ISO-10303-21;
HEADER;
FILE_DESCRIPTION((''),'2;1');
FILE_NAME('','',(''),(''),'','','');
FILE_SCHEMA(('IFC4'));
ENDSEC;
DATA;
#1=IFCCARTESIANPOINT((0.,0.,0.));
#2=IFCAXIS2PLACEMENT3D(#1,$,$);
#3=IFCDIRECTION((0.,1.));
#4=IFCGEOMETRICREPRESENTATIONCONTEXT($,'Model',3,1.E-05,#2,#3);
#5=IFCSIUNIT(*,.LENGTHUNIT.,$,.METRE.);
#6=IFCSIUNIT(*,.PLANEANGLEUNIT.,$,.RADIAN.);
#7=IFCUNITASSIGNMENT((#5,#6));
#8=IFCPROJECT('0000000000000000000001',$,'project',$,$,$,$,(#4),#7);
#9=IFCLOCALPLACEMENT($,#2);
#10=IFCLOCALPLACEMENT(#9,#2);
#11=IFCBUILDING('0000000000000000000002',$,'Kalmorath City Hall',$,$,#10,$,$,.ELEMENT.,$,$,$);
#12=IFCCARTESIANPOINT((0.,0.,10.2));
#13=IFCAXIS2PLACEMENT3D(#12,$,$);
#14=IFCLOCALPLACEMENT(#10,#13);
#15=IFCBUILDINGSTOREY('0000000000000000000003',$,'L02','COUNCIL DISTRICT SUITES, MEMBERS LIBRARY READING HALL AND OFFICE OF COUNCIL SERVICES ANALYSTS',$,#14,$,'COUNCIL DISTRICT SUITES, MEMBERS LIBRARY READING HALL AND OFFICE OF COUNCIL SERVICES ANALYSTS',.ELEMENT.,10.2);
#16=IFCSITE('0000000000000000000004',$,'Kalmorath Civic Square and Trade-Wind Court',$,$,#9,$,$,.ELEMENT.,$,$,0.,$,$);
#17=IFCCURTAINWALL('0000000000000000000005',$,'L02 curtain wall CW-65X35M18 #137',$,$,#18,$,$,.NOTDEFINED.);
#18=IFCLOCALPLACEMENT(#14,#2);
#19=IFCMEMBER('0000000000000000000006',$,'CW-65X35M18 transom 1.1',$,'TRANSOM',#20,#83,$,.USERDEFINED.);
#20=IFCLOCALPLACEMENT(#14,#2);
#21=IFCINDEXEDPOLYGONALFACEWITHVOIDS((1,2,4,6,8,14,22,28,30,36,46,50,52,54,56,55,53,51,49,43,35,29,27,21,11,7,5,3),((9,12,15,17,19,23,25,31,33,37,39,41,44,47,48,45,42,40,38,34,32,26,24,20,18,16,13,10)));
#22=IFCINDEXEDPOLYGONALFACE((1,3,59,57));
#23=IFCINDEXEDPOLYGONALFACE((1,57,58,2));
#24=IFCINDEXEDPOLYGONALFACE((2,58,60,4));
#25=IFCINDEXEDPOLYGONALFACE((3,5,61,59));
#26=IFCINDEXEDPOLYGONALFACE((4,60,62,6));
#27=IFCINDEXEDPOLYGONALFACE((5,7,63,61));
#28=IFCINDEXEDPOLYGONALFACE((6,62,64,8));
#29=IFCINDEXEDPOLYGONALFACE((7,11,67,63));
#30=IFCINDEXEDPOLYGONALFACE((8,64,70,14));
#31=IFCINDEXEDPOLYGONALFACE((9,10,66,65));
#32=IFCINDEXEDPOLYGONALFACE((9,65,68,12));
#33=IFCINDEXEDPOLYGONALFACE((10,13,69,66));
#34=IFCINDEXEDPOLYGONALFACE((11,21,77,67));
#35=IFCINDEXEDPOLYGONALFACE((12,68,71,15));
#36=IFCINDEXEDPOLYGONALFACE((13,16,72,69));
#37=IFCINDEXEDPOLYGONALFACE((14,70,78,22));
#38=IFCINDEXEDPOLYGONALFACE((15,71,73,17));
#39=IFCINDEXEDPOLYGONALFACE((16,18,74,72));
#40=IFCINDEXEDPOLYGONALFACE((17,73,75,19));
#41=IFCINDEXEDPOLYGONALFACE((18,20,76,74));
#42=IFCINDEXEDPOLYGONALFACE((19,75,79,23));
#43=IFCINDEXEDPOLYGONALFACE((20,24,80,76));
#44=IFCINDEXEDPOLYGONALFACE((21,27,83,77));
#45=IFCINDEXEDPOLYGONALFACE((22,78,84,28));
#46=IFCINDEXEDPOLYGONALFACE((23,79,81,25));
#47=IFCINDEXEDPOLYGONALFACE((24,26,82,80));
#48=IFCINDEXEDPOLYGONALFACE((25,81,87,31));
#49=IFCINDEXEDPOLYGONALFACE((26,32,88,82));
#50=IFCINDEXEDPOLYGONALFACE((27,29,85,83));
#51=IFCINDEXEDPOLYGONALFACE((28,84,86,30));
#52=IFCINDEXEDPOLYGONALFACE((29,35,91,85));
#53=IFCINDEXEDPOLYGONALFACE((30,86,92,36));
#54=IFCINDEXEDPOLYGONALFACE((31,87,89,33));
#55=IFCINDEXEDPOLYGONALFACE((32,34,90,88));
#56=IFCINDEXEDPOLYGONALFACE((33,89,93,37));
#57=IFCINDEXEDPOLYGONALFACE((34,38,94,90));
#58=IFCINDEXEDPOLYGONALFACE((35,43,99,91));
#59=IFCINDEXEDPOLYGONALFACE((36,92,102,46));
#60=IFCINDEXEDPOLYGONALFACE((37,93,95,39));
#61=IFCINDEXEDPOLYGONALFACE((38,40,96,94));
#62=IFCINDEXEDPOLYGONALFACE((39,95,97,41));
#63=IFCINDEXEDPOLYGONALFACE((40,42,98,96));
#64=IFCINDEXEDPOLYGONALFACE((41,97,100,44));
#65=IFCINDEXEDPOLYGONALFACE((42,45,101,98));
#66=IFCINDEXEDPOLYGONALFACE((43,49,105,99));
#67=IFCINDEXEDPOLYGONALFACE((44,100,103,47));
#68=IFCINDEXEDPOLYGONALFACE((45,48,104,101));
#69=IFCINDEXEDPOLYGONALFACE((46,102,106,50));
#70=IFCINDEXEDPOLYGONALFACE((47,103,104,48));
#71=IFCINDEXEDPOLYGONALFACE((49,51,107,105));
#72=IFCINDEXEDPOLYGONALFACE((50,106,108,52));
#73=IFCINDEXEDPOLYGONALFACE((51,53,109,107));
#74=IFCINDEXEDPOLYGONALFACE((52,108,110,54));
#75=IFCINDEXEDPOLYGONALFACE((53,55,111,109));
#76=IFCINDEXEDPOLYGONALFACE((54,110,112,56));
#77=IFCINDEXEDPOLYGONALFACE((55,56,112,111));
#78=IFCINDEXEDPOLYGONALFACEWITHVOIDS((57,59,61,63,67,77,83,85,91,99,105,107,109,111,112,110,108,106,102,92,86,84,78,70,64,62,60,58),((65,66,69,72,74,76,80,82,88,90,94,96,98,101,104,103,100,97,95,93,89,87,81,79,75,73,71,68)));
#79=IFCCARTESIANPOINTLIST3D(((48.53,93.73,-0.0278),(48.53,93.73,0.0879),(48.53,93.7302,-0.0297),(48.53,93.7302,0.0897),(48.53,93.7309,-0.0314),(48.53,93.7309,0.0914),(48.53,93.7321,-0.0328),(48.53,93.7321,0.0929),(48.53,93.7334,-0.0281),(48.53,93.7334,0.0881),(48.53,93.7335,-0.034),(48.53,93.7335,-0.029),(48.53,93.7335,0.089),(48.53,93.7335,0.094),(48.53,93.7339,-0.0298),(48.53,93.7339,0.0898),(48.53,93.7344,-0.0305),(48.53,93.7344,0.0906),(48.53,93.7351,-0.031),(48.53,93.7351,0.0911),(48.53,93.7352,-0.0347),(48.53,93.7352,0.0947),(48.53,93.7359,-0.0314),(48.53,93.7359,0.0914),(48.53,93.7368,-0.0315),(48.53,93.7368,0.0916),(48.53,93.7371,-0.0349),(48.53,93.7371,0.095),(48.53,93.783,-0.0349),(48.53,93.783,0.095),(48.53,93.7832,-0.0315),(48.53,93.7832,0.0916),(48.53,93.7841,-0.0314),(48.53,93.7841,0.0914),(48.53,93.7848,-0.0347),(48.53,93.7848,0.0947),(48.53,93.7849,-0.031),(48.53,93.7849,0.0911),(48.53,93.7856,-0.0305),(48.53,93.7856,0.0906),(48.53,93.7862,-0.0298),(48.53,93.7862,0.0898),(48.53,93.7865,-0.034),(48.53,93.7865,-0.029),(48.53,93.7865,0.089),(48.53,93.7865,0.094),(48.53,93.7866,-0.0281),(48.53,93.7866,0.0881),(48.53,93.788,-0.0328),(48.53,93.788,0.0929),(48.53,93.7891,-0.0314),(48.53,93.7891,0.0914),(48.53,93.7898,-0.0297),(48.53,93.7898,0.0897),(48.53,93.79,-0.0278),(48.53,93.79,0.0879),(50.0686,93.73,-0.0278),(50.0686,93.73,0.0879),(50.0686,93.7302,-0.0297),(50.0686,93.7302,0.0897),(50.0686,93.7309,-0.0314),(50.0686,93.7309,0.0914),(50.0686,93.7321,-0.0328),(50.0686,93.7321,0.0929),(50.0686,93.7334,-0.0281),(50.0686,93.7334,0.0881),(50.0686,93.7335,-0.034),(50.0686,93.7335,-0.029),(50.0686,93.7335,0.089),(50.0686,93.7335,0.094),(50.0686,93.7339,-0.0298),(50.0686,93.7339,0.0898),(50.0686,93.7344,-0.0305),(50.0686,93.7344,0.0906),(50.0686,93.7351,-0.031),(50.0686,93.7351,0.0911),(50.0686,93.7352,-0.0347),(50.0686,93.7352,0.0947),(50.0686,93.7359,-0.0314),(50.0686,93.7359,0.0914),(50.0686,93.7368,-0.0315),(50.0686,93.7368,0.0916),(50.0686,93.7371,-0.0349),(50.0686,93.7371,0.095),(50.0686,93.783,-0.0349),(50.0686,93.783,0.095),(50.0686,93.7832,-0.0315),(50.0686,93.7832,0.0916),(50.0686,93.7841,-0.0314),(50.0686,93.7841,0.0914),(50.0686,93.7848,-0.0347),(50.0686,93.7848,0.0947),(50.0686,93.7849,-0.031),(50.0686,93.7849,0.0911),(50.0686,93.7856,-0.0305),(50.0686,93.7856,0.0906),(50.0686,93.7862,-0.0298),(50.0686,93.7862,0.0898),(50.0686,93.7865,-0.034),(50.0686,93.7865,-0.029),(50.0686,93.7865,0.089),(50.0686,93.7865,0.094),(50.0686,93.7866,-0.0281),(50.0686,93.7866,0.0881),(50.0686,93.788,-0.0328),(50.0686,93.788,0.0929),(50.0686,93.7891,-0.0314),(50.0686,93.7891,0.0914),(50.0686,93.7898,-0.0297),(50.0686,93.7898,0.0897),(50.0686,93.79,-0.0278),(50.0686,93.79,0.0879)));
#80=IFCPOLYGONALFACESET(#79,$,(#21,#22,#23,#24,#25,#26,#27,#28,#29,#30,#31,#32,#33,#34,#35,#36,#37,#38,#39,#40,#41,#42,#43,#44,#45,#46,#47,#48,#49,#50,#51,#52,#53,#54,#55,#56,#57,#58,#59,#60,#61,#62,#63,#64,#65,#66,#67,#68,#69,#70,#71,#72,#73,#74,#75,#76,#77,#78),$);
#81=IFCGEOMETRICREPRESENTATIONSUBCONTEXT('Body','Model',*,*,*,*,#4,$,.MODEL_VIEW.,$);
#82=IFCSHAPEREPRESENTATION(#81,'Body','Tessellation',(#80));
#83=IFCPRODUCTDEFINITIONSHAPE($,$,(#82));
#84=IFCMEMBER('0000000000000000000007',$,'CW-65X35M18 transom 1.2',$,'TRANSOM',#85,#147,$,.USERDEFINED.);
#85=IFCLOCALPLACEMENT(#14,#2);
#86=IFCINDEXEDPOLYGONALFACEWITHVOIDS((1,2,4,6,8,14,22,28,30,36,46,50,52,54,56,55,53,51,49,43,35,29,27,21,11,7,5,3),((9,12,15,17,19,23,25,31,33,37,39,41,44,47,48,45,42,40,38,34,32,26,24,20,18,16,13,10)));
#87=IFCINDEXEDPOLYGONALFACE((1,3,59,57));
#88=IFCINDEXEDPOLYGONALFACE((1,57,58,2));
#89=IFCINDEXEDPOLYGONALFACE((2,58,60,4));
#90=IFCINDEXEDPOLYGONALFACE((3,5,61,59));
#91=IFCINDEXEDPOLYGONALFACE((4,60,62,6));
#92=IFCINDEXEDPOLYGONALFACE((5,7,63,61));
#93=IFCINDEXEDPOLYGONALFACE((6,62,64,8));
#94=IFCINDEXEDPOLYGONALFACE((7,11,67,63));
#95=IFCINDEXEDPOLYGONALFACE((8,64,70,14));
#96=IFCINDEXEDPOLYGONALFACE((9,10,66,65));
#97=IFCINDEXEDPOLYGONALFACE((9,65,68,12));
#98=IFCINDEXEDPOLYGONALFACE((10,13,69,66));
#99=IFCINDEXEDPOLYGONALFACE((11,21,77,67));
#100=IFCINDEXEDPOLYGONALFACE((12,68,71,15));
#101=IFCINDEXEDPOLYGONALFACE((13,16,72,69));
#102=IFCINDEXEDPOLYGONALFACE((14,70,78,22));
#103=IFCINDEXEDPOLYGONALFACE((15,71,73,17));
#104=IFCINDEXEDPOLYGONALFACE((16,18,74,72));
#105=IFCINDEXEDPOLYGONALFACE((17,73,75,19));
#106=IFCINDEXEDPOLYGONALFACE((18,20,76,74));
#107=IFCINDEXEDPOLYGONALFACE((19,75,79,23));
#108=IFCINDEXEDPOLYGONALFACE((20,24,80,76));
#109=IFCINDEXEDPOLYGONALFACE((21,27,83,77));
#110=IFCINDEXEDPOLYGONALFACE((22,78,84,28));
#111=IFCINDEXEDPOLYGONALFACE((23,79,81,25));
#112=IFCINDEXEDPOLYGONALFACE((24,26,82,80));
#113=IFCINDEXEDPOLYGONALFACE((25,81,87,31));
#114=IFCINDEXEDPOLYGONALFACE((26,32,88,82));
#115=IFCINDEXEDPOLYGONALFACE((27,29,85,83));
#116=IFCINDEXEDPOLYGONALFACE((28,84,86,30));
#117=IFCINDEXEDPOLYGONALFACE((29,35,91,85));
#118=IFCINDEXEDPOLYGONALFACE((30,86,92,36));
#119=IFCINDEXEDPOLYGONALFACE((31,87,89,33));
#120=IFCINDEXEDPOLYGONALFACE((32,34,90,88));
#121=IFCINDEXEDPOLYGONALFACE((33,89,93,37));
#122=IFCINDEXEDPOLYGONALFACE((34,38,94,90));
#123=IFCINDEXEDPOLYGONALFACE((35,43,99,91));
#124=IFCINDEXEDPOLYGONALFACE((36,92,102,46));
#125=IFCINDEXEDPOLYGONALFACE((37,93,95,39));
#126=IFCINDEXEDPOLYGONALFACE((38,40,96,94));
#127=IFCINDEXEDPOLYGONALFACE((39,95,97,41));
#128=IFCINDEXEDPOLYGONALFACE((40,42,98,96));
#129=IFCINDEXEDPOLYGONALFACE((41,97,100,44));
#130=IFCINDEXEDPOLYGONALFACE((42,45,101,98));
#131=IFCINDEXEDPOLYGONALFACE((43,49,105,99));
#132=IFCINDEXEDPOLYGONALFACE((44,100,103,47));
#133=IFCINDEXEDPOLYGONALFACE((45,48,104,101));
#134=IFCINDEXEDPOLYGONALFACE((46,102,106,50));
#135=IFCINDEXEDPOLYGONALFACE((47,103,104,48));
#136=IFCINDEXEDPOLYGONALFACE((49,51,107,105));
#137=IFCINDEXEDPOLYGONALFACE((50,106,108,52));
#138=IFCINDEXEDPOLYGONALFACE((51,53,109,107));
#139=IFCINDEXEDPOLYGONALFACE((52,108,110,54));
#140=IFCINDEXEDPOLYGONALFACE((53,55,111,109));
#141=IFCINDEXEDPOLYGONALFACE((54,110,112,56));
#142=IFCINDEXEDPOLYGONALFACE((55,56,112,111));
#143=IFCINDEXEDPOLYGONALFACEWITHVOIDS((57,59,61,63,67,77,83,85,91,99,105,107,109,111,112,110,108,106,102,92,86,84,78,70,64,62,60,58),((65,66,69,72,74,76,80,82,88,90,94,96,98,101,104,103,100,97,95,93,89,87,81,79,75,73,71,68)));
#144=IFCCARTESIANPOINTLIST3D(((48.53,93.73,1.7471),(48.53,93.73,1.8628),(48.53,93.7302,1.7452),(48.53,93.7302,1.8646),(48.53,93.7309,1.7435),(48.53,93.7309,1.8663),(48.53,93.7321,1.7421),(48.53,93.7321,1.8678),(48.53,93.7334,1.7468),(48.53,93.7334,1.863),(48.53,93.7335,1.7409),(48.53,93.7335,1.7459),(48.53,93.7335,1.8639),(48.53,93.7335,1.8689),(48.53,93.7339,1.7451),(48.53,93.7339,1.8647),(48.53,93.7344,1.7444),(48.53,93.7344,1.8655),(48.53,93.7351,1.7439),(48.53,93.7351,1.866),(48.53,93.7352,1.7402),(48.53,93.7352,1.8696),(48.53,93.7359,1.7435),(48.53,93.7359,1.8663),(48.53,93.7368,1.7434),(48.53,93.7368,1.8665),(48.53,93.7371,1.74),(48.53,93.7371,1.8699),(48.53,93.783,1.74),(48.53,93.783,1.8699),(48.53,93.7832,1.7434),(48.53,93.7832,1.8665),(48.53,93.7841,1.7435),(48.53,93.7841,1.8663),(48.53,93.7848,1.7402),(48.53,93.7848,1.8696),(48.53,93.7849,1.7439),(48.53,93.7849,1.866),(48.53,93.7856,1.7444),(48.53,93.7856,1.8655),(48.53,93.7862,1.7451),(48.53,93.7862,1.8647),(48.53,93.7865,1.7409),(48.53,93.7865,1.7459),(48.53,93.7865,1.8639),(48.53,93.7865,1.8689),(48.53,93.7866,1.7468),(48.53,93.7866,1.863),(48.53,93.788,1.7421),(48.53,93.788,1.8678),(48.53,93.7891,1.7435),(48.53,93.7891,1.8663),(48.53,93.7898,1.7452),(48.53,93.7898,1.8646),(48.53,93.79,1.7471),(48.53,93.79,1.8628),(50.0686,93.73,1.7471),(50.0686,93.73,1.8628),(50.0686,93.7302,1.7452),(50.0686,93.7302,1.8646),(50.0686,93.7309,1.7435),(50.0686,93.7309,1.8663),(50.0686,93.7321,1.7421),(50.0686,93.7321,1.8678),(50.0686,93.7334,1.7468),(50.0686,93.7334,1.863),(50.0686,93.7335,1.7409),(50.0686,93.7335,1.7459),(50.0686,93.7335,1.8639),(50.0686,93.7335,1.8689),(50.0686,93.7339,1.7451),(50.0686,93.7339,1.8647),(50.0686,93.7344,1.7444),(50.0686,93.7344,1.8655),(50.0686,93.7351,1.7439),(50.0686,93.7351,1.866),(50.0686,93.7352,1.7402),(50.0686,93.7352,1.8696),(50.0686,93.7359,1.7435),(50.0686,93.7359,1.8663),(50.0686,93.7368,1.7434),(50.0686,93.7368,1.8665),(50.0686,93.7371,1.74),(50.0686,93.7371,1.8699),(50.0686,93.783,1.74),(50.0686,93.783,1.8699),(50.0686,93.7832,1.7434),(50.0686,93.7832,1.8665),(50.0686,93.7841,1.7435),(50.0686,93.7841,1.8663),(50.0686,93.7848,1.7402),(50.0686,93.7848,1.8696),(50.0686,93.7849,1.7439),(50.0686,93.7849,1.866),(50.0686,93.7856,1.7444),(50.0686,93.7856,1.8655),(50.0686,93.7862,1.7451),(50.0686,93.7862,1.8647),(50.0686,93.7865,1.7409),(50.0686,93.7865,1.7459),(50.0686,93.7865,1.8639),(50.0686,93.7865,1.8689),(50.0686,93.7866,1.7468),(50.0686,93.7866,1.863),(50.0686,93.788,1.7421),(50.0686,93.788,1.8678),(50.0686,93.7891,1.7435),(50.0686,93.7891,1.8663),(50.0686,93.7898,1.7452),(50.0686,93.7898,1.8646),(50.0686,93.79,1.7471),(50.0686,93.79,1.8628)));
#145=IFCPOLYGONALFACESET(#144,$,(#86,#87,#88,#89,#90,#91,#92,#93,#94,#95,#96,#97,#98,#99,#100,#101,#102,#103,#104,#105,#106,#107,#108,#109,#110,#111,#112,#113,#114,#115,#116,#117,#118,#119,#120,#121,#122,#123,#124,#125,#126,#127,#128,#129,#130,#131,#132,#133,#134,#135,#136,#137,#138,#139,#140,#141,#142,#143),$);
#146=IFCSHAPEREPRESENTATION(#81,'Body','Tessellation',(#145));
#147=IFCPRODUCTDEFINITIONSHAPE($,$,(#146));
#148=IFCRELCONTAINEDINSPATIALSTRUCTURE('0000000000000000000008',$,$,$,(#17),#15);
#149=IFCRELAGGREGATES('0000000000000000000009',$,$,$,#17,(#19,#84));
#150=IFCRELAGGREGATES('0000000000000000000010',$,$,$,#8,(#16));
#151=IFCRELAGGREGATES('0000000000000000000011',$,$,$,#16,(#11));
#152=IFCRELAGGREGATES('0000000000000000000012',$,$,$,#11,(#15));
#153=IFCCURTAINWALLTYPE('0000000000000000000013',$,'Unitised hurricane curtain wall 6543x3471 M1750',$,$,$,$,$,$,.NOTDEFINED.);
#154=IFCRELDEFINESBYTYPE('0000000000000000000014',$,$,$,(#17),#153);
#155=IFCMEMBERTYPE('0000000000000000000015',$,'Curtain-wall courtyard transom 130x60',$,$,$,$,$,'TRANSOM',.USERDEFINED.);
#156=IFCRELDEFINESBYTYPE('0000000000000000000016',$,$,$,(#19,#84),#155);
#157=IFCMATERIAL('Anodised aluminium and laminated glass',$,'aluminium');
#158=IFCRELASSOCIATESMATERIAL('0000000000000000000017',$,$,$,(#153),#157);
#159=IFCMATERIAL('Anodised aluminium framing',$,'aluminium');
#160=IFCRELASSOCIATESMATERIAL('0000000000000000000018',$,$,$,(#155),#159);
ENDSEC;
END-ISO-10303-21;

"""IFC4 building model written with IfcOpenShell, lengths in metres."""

from ifc_helpers import new_model, si_unit, direction, frame, origin, origin_2d, place, context, subcontext, project, spatial, hollow_rectangle, extrude, material, material_profile, profile_set, type_object, element, aggregate, save


model = new_model("IFC4")

# Units and contexts
model_context = context("Model", 3, precision=1e-05, world=origin(), true_north=direction((0.0, 1.0)))
body_context = subcontext(model_context, "Body", "Model", "MODEL_VIEW")
ifc_project = project(units=[si_unit("LENGTHUNIT", "METRE"), si_unit("PLANEANGLEUNIT", "RADIAN")], contexts=[model_context])

# Site, building, storey
site_placement = place(None, origin())
site = spatial("IfcSite", under=ifc_project, at=site_placement, Name="Kalmorath Civic Square and Trade-Wind Court", CompositionType="ELEMENT", RefElevation=0.0)
building_placement = place(site_placement, origin())
building = spatial("IfcBuilding", under=site, at=building_placement, Name="Kalmorath City Hall", CompositionType="ELEMENT")
storey_placement = place(building_placement, frame((0.0, 0.0, 10.2)))
storey = spatial("IfcBuildingStorey", under=building, at=storey_placement, Name="L02", Description="COUNCIL DISTRICT SUITES, MEMBERS LIBRARY READING HALL AND OFFICE OF COUNCIL SERVICES ANALYSTS", LongName="COUNCIL DISTRICT SUITES, MEMBERS LIBRARY READING HALL AND OFFICE OF COUNCIL SERVICES ANALYSTS", CompositionType="ELEMENT", Elevation=10.2)

# Curtain wall
ifc_material_1 = material(Name="Anodised aluminium and laminated glass", Category="aluminium")
curtain_wall_type_1 = type_object("IfcCurtainWallType", Name="Unitised hurricane curtain wall 6543x3471 M1750", PredefinedType="NOTDEFINED", material=ifc_material_1)
curtain_wall_1_placement = place(storey_placement, origin())
curtain_wall_1 = element("IfcCurtainWall", 1, at=curtain_wall_1_placement, inside=storey, type_object=curtain_wall_type_1, Name="L02 curtain wall CW-65X35M18 #137", PredefinedType="NOTDEFINED")

# Members
ifc_material_2 = material(Name="Anodised aluminium framing", Category="aluminium")
ifc_material_profile_1 = material_profile(ifc_material_2, hollow_rectangle(XDim=0.0601, YDim=0.1299, WallThickness=0.0034, InnerFilletRadius=0.0034, OuterFilletRadius=0.0071, at=origin_2d()), Name="ALU-TRN-130X60X3.5")
ifc_profile_set_1 = profile_set([ifc_material_profile_1], Name="Anodised aluminium framing")
member_type_1 = type_object("IfcMemberType", Name="Curtain-wall courtyard transom 130x60", ElementType="TRANSOM", PredefinedType="USERDEFINED", material=ifc_profile_set_1)
member_1_placement = place(storey_placement, frame((50.0686, 93.76, 0.03), z_axis=(-1.0, 0.0, 0.0), x_axis=(0.0, -1.0, 0.0)))
member_1 = element("IfcMember", 2, at=member_1_placement, type_object=member_type_1, Name="CW-65X35M18 transom 1.1", ObjectType="TRANSOM", PredefinedType="USERDEFINED", context=body_context, shape_type="SweptSolid", body=[
    extrude(hollow_rectangle(XDim=0.0601, YDim=0.1299, WallThickness=0.0034, InnerFilletRadius=0.0034, OuterFilletRadius=0.0071, at=origin_2d()), origin(), (0.0, 0.0, 1.0), 1.5386),
])
member_2_placement = place(storey_placement, frame((50.0686, 93.76, 1.8049), z_axis=(-1.0, 0.0, 0.0), x_axis=(0.0, -1.0, 0.0)))
member_2 = element("IfcMember", 3, at=member_2_placement, type_object=member_type_1, Name="CW-65X35M18 transom 1.2", ObjectType="TRANSOM", PredefinedType="USERDEFINED", context=body_context, shape_type="SweptSolid", body=[
    extrude(hollow_rectangle(XDim=0.0601, YDim=0.1299, WallThickness=0.0034, InnerFilletRadius=0.0034, OuterFilletRadius=0.0071, at=origin_2d()), origin(), (0.0, 0.0, 1.0), 1.5386),
])

aggregate(curtain_wall_1, [member_1, member_2])

save(model, "model.ifc")
